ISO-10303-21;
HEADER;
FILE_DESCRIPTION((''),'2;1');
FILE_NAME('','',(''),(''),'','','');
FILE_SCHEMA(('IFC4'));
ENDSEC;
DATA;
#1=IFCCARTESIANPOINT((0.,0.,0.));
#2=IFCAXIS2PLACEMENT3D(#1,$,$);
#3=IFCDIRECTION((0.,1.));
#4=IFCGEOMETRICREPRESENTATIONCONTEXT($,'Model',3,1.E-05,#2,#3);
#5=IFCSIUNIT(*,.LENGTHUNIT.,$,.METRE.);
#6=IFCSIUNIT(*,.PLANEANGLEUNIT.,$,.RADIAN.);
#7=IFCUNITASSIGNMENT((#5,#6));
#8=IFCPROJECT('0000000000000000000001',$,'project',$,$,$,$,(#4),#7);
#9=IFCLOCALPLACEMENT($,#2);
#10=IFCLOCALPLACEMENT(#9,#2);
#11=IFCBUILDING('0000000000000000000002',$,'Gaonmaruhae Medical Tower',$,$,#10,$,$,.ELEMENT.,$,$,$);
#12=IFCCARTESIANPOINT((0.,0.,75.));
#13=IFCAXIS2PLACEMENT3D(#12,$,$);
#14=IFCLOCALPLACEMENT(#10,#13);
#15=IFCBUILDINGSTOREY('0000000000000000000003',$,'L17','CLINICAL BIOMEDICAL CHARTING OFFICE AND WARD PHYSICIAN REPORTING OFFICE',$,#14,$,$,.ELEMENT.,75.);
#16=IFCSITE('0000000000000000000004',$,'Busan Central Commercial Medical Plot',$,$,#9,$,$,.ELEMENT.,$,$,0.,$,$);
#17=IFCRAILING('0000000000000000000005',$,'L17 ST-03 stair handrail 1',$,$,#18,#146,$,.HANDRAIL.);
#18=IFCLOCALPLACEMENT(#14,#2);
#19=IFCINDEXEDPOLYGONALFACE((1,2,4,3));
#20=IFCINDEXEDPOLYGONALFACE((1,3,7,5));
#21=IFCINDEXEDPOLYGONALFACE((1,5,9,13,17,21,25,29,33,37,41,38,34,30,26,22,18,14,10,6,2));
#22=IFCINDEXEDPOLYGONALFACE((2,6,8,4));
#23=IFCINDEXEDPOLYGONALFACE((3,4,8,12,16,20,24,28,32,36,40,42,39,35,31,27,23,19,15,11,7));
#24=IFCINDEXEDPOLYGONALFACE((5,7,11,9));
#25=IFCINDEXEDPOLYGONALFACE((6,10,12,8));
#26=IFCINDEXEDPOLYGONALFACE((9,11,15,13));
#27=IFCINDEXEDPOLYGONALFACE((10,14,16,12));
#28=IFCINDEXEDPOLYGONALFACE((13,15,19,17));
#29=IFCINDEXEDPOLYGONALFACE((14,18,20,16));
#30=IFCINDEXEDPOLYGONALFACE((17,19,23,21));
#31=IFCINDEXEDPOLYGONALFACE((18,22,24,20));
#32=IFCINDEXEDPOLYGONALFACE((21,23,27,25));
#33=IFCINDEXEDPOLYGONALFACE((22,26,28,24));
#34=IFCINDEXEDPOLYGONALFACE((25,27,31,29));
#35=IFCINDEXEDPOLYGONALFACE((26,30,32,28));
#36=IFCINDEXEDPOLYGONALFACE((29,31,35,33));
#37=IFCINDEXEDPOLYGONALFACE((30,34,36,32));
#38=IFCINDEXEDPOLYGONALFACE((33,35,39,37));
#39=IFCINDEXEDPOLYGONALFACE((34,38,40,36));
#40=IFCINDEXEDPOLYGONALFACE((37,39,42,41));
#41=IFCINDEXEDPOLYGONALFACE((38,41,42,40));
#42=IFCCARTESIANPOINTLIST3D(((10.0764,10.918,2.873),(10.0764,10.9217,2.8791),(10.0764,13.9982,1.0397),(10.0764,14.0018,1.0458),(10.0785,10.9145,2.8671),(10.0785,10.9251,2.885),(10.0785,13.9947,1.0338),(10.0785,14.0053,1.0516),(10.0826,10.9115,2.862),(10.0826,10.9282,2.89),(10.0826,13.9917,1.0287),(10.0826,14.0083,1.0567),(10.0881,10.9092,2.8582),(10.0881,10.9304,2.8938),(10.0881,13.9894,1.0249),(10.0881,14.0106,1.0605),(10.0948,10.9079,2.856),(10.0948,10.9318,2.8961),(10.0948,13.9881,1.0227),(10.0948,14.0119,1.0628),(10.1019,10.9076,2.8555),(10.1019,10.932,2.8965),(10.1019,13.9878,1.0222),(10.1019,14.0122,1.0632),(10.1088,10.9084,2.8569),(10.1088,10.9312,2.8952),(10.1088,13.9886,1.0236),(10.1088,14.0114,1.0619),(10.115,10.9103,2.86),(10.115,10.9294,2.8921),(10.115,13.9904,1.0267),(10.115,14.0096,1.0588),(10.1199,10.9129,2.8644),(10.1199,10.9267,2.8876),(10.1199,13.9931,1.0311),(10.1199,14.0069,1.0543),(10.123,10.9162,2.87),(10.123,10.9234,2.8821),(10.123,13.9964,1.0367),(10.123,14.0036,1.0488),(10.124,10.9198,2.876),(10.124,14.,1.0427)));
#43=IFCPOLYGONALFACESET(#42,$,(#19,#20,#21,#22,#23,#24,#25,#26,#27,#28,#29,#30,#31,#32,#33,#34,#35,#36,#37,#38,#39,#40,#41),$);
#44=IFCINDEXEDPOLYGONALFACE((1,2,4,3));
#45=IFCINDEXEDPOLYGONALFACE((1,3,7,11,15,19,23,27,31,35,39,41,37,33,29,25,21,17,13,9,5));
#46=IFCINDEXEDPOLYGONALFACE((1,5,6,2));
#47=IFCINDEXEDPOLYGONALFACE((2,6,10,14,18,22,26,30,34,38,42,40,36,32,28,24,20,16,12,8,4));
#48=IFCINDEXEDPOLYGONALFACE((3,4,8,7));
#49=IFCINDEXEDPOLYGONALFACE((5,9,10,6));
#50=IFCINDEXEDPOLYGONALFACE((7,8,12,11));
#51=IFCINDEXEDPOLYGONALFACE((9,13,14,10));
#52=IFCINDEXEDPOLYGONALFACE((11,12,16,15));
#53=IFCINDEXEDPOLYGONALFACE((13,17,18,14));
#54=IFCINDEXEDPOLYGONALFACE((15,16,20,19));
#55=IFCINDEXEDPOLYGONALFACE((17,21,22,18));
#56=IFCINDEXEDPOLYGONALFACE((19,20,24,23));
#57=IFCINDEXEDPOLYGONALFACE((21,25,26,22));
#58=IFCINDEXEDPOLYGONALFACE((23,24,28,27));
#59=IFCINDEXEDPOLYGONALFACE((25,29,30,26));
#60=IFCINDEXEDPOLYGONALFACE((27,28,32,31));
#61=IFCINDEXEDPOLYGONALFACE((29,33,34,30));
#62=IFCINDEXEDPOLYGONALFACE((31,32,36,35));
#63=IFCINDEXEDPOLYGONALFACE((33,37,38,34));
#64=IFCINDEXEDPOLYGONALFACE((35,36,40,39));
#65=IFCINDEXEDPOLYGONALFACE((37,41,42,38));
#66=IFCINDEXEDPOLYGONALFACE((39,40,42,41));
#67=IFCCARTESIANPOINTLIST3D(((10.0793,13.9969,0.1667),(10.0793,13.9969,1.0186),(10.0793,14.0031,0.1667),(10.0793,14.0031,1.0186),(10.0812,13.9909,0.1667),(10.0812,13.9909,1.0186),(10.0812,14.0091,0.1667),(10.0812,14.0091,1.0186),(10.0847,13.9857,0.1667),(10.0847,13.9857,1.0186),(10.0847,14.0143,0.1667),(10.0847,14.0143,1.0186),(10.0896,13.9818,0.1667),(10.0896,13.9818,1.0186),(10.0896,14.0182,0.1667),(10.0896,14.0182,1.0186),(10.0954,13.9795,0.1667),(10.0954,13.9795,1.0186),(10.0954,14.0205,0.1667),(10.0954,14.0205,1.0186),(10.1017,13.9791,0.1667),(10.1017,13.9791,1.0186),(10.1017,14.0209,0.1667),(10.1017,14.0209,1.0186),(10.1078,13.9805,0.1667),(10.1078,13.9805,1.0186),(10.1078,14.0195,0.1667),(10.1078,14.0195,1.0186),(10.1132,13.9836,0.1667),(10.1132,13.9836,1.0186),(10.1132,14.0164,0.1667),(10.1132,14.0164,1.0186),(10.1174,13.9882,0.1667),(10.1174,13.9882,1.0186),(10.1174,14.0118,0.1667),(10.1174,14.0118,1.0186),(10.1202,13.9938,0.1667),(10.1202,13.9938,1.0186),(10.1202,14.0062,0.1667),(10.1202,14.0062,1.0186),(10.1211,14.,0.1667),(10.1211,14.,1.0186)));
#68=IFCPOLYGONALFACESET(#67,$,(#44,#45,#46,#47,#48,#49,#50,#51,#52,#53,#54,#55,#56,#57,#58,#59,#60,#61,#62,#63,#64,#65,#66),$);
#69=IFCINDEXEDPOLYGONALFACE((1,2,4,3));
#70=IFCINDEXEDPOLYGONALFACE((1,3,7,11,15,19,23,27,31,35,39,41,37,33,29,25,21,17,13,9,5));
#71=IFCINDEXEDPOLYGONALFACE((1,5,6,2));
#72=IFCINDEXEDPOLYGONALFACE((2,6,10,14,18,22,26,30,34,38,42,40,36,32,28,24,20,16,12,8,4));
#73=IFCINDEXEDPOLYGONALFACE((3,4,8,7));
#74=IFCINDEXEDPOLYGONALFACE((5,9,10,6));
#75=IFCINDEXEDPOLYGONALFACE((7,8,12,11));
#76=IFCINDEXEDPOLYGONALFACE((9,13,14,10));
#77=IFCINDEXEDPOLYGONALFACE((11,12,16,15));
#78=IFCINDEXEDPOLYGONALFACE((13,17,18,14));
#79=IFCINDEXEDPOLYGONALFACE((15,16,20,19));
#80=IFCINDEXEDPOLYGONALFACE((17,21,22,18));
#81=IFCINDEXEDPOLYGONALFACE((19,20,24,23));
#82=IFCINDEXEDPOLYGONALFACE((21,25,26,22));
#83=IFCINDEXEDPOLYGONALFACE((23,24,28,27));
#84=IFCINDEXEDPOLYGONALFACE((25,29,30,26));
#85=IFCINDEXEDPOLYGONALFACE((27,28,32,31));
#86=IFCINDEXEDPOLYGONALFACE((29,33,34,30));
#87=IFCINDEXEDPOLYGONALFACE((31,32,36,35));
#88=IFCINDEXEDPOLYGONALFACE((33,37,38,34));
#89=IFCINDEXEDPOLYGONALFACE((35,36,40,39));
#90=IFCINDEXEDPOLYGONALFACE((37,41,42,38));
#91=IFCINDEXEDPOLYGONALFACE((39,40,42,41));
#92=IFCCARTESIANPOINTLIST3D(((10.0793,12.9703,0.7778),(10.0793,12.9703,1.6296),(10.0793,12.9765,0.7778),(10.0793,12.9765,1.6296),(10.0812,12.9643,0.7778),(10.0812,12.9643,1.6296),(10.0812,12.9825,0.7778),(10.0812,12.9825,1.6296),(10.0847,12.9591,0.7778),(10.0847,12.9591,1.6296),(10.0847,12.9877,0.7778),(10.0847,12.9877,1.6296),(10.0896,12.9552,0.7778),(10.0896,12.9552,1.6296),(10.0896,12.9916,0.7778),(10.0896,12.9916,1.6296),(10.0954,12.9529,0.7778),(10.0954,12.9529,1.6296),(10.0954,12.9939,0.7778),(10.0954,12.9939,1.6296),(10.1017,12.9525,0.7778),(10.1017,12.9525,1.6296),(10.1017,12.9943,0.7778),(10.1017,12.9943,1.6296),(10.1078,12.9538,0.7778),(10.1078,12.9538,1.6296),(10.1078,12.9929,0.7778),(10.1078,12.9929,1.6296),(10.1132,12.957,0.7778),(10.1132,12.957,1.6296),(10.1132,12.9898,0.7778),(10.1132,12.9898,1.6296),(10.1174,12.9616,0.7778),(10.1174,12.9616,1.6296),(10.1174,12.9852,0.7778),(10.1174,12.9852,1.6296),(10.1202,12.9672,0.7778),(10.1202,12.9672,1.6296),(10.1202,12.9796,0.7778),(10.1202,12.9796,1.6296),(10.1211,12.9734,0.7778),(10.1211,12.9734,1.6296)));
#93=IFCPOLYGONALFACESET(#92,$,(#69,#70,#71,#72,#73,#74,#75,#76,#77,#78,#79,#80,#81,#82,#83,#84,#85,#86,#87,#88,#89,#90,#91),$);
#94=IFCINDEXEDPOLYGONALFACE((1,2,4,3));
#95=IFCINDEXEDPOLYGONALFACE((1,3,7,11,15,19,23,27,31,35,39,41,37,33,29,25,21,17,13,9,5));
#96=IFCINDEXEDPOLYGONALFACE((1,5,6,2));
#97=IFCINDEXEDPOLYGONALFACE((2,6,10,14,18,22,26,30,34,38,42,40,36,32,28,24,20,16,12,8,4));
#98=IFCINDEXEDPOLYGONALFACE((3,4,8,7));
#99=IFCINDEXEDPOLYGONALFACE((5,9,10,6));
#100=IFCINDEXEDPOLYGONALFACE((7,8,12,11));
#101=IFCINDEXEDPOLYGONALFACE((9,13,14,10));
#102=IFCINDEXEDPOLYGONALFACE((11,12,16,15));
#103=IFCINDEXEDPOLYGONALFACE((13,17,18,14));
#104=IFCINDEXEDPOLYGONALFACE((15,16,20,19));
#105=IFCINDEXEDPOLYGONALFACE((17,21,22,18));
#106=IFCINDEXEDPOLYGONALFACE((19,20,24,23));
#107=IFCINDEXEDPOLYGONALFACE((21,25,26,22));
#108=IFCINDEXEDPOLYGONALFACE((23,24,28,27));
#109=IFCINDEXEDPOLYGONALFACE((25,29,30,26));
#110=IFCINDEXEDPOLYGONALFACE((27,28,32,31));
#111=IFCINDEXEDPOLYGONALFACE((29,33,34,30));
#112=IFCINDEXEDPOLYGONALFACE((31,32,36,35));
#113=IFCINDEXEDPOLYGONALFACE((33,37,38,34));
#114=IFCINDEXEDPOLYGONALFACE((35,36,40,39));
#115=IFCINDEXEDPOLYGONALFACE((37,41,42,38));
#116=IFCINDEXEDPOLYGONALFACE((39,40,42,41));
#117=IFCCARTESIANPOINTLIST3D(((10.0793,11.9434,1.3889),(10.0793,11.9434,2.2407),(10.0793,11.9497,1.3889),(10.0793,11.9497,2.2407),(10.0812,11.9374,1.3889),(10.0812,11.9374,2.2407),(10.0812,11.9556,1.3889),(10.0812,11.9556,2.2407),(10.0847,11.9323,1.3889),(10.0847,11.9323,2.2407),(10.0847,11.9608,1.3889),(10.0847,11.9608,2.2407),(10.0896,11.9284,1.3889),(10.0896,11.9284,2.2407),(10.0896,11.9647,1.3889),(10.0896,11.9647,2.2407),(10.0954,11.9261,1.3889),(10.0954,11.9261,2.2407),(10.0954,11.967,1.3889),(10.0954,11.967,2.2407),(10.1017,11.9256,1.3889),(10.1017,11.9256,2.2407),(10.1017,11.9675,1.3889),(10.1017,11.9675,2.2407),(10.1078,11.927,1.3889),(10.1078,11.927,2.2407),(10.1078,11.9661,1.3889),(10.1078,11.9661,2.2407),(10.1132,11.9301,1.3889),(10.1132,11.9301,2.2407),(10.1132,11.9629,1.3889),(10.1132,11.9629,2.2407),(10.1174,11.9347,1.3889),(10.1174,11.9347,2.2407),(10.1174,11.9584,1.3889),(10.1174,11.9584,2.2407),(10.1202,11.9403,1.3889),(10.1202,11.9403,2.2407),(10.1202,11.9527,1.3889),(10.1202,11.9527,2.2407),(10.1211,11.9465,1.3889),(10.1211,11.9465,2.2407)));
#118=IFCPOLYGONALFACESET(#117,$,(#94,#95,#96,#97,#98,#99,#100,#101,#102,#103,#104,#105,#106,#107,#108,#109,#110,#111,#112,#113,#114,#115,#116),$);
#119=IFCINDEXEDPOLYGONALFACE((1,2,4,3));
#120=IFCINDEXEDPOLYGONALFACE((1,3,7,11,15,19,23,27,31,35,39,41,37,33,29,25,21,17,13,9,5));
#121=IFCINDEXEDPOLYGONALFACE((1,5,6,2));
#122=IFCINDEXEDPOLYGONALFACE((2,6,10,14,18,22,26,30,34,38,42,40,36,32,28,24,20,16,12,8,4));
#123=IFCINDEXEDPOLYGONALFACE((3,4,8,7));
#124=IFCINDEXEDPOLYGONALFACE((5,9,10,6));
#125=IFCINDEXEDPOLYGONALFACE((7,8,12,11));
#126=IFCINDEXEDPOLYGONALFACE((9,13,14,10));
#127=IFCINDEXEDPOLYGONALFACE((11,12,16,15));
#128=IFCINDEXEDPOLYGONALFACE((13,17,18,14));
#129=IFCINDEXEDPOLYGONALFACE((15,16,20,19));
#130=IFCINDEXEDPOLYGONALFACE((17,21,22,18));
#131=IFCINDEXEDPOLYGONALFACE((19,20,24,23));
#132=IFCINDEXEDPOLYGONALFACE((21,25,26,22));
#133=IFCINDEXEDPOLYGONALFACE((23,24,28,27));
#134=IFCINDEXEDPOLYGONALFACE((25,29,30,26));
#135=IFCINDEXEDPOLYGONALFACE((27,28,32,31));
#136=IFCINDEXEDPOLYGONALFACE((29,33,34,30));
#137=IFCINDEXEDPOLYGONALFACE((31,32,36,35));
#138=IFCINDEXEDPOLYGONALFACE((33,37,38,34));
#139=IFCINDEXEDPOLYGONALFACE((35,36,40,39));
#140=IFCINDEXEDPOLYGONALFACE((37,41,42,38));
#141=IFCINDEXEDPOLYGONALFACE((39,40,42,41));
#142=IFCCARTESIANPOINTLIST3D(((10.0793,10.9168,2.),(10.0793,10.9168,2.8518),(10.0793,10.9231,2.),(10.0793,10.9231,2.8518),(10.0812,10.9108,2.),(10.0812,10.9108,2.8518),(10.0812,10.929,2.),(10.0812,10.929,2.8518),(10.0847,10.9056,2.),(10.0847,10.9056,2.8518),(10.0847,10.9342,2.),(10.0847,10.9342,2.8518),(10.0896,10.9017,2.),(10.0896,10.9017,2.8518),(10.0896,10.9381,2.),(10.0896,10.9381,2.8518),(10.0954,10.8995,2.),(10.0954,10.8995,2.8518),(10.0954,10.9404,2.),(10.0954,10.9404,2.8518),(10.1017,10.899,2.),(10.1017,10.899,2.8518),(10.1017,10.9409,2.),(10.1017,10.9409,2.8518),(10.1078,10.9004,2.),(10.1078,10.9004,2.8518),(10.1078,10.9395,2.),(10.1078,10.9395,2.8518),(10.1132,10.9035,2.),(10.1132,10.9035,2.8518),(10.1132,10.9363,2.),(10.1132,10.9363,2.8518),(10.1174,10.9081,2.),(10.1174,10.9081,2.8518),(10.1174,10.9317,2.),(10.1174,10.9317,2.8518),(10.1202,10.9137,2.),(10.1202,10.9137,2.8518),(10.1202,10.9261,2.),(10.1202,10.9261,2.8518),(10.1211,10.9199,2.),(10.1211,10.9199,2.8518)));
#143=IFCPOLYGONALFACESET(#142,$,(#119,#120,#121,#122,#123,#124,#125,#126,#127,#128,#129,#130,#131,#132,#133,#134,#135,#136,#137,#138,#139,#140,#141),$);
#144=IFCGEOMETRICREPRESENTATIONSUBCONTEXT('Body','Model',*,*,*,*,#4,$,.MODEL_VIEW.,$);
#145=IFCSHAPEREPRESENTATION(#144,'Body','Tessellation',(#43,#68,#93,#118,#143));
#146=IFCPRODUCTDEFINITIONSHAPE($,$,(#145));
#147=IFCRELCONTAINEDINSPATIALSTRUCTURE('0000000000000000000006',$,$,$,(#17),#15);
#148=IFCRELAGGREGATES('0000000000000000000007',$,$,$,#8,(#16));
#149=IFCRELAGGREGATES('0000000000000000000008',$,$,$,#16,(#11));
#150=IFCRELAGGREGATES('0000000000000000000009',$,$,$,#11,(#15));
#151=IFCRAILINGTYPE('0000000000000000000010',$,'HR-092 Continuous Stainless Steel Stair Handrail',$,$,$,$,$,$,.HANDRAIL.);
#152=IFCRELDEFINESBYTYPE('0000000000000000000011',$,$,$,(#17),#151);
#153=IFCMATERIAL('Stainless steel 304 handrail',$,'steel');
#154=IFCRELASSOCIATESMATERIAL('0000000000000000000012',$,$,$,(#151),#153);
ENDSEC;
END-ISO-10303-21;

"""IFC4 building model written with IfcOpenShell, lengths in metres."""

from ifc_helpers import new_model, si_unit, direction, frame, origin, origin_2d, place, context, subcontext, project, spatial, circle, extrude, material, type_object, element, save


model = new_model("IFC4")

# Units and contexts
model_context = context("Model", 3, precision=1e-05, world=origin(), true_north=direction((0.0, 1.0)))
body_context = subcontext(model_context, "Body", "Model", "MODEL_VIEW")
ifc_project = project(units=[si_unit("LENGTHUNIT", "METRE"), si_unit("PLANEANGLEUNIT", "RADIAN")], contexts=[model_context])

# Site, building, storey
site_placement = place(None, origin())
site = spatial("IfcSite", under=ifc_project, at=site_placement, Name="Busan Central Commercial Medical Plot", CompositionType="ELEMENT", RefElevation=0.0)
building_placement = place(site_placement, origin())
building = spatial("IfcBuilding", under=site, at=building_placement, Name="Gaonmaruhae Medical Tower", CompositionType="ELEMENT")
storey_placement = place(building_placement, frame((0.0, 0.0, 75.0)))
storey = spatial("IfcBuildingStorey", under=building, at=storey_placement, Name="L17", Description="CLINICAL BIOMEDICAL CHARTING OFFICE AND WARD PHYSICIAN REPORTING OFFICE", CompositionType="ELEMENT", Elevation=75.0)

# Railing
ifc_material_1 = material(Name="Stainless steel 304 handrail", Category="steel")
railing_type_1 = type_object("IfcRailingType", Name="HR-092 Continuous Stainless Steel Stair Handrail", PredefinedType="HANDRAIL", material=ifc_material_1)
railing_1_placement = place(storey_placement, frame((10.1001, 14.0, 0.1667)))
element("IfcRailing", 1, at=railing_1_placement, inside=storey, type_object=railing_type_1, Name="L17 ST-03 stair handrail 1", PredefinedType="HANDRAIL", context=body_context, shape_type="SweptSolid", body=[
    extrude(circle(Radius=0.0239, at=origin_2d()), frame((0.0, 0.0, 0.876), z_axis=(0.0, -0.859309, 0.511458), x_axis=(1.0, 0.0, 0.0)), (0.0, 0.0, 1.0), 3.5845),
    extrude(circle(Radius=0.021, at=origin_2d()), origin(), (0.0, 0.0, 1.0), 0.8518),
    extrude(circle(Radius=0.021, at=origin_2d()), frame((0.0, -1.0266, 0.6111)), (0.0, 0.0, 1.0), 0.8518),
    extrude(circle(Radius=0.021, at=origin_2d()), frame((0.0, -2.0535, 1.2222)), (0.0, 0.0, 1.0), 0.8518),
    extrude(circle(Radius=0.021, at=origin_2d()), frame((0.0, -3.0801, 1.8333)), (0.0, 0.0, 1.0), 0.8518),
])

save(model, "model.ifc")
